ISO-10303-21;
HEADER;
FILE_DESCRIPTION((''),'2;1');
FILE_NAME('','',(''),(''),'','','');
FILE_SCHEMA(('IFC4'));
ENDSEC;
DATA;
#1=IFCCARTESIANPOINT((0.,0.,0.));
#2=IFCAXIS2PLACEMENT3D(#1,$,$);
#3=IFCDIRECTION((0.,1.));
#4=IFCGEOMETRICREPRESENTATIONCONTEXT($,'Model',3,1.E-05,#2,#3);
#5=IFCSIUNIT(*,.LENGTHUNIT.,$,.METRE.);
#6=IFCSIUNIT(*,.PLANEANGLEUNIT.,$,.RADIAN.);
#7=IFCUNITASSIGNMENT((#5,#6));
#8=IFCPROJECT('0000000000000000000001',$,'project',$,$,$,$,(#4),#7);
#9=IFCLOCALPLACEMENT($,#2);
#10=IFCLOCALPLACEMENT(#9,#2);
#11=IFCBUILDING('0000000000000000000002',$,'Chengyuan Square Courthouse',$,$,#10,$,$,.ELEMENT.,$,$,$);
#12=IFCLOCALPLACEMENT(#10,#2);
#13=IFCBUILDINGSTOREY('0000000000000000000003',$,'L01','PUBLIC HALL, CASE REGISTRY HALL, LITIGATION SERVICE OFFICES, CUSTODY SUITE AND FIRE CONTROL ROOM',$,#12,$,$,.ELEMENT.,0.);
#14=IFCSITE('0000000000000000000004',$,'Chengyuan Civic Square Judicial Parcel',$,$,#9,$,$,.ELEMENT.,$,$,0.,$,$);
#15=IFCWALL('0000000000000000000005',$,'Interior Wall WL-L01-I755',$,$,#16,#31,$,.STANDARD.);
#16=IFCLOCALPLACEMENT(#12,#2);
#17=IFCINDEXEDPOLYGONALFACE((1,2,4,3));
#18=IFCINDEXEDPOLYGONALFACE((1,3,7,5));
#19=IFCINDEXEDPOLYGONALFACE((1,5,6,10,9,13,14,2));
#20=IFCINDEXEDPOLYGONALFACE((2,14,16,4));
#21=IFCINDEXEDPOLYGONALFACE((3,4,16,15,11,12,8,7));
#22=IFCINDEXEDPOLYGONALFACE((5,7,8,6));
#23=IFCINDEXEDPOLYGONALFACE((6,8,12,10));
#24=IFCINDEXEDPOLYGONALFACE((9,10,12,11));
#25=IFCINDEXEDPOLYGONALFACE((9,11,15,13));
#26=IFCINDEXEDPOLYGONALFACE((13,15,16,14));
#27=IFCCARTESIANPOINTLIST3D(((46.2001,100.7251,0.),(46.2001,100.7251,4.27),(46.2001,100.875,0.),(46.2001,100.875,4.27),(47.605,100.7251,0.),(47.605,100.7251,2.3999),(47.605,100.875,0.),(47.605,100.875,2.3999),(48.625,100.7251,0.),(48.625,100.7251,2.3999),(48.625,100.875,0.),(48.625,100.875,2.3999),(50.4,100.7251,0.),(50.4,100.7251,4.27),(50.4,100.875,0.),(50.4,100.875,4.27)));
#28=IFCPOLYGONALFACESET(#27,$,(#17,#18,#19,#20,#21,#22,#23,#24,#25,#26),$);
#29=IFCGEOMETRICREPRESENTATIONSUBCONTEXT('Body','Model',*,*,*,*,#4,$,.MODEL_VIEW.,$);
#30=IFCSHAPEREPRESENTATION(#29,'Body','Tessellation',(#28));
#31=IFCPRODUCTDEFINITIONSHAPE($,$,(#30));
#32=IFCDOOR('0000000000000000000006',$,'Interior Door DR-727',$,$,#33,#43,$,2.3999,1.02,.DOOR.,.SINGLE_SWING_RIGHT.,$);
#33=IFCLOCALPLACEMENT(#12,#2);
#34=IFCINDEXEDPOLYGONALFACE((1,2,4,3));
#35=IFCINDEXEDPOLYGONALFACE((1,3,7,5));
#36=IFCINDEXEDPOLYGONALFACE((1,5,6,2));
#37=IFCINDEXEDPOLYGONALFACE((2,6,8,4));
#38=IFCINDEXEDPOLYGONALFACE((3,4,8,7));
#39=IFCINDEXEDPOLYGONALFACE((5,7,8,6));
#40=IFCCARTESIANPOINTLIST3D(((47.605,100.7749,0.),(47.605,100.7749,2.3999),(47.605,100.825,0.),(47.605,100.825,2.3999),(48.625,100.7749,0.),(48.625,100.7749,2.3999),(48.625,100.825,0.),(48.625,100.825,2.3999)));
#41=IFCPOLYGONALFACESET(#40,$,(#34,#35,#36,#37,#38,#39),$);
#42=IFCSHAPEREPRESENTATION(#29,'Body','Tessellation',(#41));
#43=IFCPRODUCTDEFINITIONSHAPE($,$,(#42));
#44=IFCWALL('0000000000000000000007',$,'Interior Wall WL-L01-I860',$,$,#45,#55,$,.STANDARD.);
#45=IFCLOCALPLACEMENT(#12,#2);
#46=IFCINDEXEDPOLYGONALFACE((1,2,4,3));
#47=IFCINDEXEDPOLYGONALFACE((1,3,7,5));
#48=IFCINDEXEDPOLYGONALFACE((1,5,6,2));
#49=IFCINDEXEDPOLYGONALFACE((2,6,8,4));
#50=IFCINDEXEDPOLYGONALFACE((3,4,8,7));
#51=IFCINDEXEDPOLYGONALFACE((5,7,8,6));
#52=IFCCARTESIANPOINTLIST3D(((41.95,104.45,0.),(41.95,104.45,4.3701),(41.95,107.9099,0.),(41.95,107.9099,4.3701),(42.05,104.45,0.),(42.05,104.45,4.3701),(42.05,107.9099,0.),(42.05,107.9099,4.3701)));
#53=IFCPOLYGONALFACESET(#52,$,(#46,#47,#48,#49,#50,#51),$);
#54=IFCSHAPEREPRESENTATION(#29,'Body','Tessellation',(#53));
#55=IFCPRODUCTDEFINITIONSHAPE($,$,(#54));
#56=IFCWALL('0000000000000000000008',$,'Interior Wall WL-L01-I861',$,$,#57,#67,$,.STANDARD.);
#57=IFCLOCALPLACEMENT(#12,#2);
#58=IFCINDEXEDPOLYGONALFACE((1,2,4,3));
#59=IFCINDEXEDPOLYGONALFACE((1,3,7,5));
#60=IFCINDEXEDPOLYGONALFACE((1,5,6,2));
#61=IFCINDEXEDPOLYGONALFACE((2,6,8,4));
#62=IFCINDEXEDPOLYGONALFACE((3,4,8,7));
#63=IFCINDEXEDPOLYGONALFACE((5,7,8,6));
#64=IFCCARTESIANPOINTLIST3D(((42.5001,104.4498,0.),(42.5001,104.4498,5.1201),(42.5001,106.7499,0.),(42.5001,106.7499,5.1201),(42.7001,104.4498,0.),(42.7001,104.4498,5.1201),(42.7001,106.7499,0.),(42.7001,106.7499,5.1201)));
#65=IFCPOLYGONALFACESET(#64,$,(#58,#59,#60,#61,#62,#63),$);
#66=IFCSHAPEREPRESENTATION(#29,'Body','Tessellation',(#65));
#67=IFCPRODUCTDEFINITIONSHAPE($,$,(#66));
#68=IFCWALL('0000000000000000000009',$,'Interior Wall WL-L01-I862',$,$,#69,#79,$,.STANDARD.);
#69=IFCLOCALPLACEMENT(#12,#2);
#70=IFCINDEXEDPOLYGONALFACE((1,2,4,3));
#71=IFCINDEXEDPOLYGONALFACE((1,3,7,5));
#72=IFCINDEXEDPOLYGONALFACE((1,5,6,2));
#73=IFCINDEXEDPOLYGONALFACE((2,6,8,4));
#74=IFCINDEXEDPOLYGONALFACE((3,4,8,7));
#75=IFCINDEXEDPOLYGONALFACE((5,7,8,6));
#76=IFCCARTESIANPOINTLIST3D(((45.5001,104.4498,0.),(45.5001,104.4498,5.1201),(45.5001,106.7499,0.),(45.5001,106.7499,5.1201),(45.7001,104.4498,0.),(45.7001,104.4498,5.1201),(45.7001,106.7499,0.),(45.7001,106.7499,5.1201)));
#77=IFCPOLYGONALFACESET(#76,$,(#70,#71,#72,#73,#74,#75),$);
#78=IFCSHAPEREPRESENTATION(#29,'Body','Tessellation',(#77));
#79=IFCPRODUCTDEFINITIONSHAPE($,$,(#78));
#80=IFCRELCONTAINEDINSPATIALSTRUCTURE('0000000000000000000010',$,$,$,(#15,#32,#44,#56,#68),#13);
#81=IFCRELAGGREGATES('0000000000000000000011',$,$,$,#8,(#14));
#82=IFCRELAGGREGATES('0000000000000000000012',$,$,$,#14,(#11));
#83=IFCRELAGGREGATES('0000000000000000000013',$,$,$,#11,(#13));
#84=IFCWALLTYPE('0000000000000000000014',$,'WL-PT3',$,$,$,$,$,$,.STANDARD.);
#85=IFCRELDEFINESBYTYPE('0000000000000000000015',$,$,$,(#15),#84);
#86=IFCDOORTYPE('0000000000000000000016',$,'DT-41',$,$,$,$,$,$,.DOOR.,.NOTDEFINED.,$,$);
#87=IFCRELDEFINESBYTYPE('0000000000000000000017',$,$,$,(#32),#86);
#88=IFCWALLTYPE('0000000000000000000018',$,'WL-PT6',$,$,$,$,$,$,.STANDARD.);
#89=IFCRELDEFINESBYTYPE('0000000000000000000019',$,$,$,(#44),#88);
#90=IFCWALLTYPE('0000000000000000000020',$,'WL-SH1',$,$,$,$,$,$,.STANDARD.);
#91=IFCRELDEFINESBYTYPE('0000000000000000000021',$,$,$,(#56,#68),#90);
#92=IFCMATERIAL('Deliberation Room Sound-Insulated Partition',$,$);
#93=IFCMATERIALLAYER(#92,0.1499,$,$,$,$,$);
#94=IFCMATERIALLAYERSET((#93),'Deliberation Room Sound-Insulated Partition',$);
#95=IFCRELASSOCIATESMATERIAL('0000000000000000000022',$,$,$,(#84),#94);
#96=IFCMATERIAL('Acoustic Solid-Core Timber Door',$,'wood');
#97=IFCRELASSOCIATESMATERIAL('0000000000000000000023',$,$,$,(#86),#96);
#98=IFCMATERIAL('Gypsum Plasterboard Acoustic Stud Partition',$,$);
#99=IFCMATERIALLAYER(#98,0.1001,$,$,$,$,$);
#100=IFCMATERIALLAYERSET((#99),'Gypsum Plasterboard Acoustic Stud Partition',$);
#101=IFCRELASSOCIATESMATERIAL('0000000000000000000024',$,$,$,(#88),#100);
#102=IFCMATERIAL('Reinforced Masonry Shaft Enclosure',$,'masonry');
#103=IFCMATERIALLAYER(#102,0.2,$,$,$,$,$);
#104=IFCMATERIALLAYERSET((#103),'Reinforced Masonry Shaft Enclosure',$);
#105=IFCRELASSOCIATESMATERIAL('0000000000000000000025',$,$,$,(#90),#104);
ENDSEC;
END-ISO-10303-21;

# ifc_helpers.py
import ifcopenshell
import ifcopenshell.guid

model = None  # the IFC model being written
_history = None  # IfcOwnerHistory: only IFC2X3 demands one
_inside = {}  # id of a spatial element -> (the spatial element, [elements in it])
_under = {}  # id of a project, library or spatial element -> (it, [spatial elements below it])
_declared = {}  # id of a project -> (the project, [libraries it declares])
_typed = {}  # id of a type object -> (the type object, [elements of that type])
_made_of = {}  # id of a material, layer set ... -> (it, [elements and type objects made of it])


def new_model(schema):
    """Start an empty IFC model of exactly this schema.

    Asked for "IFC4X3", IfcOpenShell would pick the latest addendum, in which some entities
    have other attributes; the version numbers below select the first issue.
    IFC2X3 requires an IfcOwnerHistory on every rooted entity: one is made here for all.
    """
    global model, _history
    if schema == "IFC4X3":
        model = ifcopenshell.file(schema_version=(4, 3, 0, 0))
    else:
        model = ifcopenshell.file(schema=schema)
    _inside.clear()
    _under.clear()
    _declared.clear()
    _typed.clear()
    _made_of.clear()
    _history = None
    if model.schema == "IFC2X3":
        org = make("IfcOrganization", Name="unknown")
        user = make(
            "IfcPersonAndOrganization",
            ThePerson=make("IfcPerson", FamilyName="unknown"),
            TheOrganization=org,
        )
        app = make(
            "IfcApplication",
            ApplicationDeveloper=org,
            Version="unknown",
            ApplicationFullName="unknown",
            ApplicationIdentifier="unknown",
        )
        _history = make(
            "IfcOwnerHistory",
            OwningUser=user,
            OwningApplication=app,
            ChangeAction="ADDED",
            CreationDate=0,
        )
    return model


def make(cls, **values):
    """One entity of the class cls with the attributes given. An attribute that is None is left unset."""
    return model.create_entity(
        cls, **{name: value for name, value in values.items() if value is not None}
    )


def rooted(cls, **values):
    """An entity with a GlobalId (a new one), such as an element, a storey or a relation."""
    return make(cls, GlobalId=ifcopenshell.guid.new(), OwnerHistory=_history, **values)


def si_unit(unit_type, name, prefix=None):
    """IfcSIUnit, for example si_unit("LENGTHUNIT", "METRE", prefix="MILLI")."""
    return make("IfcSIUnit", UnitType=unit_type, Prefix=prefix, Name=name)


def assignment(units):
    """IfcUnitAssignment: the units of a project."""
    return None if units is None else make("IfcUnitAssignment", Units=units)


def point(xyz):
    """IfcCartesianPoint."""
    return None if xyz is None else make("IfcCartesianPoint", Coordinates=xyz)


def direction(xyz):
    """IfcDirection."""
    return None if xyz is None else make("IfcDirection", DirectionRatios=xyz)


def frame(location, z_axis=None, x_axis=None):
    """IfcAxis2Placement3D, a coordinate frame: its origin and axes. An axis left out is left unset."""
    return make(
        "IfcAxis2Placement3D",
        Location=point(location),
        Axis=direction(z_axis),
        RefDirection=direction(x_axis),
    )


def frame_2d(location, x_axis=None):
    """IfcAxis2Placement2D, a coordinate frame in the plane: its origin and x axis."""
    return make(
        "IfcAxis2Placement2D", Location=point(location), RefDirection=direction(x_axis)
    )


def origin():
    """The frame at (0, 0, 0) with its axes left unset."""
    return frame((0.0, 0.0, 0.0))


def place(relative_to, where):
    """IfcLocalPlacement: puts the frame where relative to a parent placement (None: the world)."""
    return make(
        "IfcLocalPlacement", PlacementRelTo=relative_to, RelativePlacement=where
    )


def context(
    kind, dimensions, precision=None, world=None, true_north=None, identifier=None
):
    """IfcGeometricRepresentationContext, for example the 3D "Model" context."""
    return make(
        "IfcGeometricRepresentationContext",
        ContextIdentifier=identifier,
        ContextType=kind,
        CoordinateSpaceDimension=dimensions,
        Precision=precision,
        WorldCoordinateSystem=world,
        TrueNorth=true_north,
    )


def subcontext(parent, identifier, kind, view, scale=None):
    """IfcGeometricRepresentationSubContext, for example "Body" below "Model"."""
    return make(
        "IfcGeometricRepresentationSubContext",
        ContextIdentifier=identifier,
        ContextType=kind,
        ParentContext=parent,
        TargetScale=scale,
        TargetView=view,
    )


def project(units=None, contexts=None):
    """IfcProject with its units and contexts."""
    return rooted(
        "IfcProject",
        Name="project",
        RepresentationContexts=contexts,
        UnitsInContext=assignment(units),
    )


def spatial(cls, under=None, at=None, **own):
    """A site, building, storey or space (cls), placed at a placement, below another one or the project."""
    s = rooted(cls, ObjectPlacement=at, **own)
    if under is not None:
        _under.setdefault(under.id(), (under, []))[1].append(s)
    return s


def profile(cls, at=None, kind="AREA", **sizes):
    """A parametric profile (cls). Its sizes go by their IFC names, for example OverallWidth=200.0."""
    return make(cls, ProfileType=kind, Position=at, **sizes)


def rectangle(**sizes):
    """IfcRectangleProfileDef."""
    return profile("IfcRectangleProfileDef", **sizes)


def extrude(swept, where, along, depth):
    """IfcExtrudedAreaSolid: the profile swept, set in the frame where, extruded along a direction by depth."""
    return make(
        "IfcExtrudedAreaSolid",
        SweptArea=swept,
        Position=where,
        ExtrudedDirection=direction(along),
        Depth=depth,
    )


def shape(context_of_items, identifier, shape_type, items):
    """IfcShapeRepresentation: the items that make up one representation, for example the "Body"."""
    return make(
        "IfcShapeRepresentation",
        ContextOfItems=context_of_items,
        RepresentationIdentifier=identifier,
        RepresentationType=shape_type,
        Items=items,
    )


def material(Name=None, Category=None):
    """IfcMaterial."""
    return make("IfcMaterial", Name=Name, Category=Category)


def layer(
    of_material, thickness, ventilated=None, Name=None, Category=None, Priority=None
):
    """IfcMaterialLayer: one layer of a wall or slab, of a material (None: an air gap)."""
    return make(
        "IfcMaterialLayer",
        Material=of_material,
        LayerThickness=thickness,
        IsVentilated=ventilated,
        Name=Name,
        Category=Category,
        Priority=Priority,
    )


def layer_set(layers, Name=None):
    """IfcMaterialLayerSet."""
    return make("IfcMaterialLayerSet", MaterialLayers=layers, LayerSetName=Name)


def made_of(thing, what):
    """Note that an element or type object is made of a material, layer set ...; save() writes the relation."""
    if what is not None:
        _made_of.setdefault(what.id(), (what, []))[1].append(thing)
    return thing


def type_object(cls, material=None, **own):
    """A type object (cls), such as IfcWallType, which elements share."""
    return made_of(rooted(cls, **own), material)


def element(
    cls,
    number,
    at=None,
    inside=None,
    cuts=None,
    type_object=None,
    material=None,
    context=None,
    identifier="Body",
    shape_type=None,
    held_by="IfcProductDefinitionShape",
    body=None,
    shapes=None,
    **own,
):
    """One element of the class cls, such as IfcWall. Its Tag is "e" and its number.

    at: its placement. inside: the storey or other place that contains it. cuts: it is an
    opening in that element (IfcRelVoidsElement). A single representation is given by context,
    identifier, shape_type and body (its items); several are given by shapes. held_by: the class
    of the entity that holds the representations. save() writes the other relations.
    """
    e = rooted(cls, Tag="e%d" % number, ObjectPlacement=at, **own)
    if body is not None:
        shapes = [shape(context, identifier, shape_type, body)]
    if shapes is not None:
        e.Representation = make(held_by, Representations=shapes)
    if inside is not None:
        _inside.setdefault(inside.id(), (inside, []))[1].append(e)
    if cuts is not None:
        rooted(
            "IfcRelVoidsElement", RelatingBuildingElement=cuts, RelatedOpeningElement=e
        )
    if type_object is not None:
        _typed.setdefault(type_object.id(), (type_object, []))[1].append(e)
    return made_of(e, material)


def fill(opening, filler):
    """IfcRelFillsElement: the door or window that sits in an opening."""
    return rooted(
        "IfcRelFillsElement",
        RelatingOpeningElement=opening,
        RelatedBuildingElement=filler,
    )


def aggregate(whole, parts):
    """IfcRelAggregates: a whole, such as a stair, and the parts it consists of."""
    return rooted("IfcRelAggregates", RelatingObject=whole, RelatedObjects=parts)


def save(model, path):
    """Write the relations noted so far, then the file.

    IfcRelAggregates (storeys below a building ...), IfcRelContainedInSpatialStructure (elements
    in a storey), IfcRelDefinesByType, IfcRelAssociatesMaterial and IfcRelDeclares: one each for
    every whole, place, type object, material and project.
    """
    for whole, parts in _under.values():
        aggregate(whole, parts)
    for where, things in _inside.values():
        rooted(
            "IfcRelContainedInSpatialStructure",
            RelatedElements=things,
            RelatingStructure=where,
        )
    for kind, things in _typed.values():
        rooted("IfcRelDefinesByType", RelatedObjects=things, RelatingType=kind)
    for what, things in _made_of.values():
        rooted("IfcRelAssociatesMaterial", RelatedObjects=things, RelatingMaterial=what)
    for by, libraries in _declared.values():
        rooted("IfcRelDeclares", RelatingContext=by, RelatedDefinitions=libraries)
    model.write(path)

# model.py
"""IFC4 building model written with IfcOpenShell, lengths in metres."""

from ifc_helpers import new_model, si_unit, direction, frame, frame_2d, origin, place, context, subcontext, project, spatial, rectangle, extrude, material, layer, layer_set, type_object, element, fill, save


model = new_model("IFC4")

# Units and contexts
model_context = context("Model", 3, precision=1e-05, world=origin(), true_north=direction((0.0, 1.0)))
body_context = subcontext(model_context, "Body", "Model", "MODEL_VIEW")
ifc_project = project(units=[si_unit("LENGTHUNIT", "METRE"), si_unit("PLANEANGLEUNIT", "RADIAN")], contexts=[model_context])

# Site, building, storey
site_placement = place(None, origin())
site = spatial("IfcSite", under=ifc_project, at=site_placement, Name="Chengyuan Civic Square Judicial Parcel", CompositionType="ELEMENT", RefElevation=0.0)
building_placement = place(site_placement, origin())
building = spatial("IfcBuilding", under=site, at=building_placement, Name="Chengyuan Square Courthouse", CompositionType="ELEMENT")
storey_placement = place(building_placement, origin())
storey = spatial("IfcBuildingStorey", under=building, at=storey_placement, Name="L01", Description="PUBLIC HALL, CASE REGISTRY HALL, LITIGATION SERVICE OFFICES, CUSTODY SUITE AND FIRE CONTROL ROOM", CompositionType="ELEMENT", Elevation=0.0)

# Wall, opening, door
ifc_material_1 = material(Name="Deliberation Room Sound-Insulated Partition")
ifc_layer_1 = layer(ifc_material_1, 0.1499)
ifc_layer_set_1 = layer_set([ifc_layer_1], Name="Deliberation Room Sound-Insulated Partition")
wall_type_1 = type_object("IfcWallType", Name="WL-PT3", PredefinedType="STANDARD", material=ifc_layer_set_1)
wall_1_placement = place(storey_placement, frame((46.2, 100.8, 0.0), z_axis=(0.0, 0.0, 1.0), x_axis=(1.0, 0.0, 0.0)))
wall_1 = element("IfcWall", 1, at=wall_1_placement, inside=storey, type_object=wall_type_1, Name="Interior Wall WL-L01-I755", PredefinedType="STANDARD", context=body_context, shape_type="SweptSolid", body=[
    extrude(rectangle(XDim=4.2, YDim=0.1499, at=frame_2d((2.1001, 0.0))), origin(), (0.0, 0.0, 1.0), 4.27),
])
opening_1_placement = place(wall_1_placement, frame((1.405, 0.0, 0.0)))
opening_1 = element("IfcOpeningElement", 2, at=opening_1_placement, cuts=wall_1, PredefinedType="OPENING", context=body_context, shape_type="SweptSolid", body=[
    extrude(rectangle(XDim=1.02, YDim=2.3999, at=frame_2d((0.51, 1.2))), frame((0.0, 0.0869, 0.0), z_axis=(0.0, -1.0, 0.0), x_axis=(1.0, 0.0, 0.0)), (0.0, 0.0, 1.0), 0.1738),
])
ifc_material_2 = material(Name="Acoustic Solid-Core Timber Door", Category="wood")
door_type_1 = type_object("IfcDoorType", Name="DT-41", OperationType="NOTDEFINED", PredefinedType="DOOR", material=ifc_material_2)
door_1_placement = place(opening_1_placement, origin())
door_1 = element("IfcDoor", 3, at=door_1_placement, inside=storey, type_object=door_type_1, Name="Interior Door DR-727", OperationType="SINGLE_SWING_RIGHT", OverallHeight=2.3999, OverallWidth=1.02, PredefinedType="DOOR", context=body_context, shape_type="SweptSolid", body=[
    extrude(rectangle(XDim=1.02, YDim=2.3999, at=frame_2d((0.51, 1.2))), frame((0.0, 0.0249, 0.0), z_axis=(0.0, -1.0, 0.0), x_axis=(1.0, 0.0, 0.0)), (0.0, 0.0, 1.0), 0.05),
])
fill(opening_1, door_1)

# Wall
ifc_material_3 = material(Name="Gypsum Plasterboard Acoustic Stud Partition")
ifc_layer_2 = layer(ifc_material_3, 0.1001)
ifc_layer_set_2 = layer_set([ifc_layer_2], Name="Gypsum Plasterboard Acoustic Stud Partition")
wall_type_2 = type_object("IfcWallType", Name="WL-PT6", PredefinedType="STANDARD", material=ifc_layer_set_2)
wall_2_placement = place(storey_placement, frame((42.0, 104.45, 0.0), z_axis=(0.0, 0.0, 1.0), x_axis=(0.0, 1.0, 0.0)))
element("IfcWall", 4, at=wall_2_placement, inside=storey, type_object=wall_type_2, Name="Interior Wall WL-L01-I860", PredefinedType="STANDARD", context=body_context, shape_type="SweptSolid", body=[
    extrude(rectangle(XDim=3.46, YDim=0.1001, at=frame_2d((1.73, 0.0))), origin(), (0.0, 0.0, 1.0), 4.3701),
])

# Shared definitions
ifc_material_4 = material(Name="Reinforced Masonry Shaft Enclosure", Category="masonry")
ifc_layer_3 = layer(ifc_material_4, 0.2)
ifc_layer_set_3 = layer_set([ifc_layer_3], Name="Reinforced Masonry Shaft Enclosure")
wall_type_3 = type_object("IfcWallType", Name="WL-SH1", PredefinedType="STANDARD", material=ifc_layer_set_3)

# Walls
for number, where, z_axis, x_axis, name in (
    (5, (42.6001, 104.45, 0.0), (0.0, 0.0, 1.0), (0.0, 1.0, 0.0), "Interior Wall WL-L01-I861"),
    (6, (45.6001, 104.45, 0.0), (0.0, 0.0, 1.0), (0.0, 1.0, 0.0), "Interior Wall WL-L01-I862"),
):
    element("IfcWall", number, at=place(storey_placement, frame(where, z_axis=z_axis, x_axis=x_axis)), inside=storey, type_object=wall_type_3, Name=name, PredefinedType="STANDARD", context=body_context, shape_type="SweptSolid", body=[
        extrude(rectangle(XDim=2.3, YDim=0.2, at=frame_2d((1.1499, 0.0))), origin(), (0.0, 0.0, 1.0), 5.1201),
    ])

save(model, "model.ifc")
